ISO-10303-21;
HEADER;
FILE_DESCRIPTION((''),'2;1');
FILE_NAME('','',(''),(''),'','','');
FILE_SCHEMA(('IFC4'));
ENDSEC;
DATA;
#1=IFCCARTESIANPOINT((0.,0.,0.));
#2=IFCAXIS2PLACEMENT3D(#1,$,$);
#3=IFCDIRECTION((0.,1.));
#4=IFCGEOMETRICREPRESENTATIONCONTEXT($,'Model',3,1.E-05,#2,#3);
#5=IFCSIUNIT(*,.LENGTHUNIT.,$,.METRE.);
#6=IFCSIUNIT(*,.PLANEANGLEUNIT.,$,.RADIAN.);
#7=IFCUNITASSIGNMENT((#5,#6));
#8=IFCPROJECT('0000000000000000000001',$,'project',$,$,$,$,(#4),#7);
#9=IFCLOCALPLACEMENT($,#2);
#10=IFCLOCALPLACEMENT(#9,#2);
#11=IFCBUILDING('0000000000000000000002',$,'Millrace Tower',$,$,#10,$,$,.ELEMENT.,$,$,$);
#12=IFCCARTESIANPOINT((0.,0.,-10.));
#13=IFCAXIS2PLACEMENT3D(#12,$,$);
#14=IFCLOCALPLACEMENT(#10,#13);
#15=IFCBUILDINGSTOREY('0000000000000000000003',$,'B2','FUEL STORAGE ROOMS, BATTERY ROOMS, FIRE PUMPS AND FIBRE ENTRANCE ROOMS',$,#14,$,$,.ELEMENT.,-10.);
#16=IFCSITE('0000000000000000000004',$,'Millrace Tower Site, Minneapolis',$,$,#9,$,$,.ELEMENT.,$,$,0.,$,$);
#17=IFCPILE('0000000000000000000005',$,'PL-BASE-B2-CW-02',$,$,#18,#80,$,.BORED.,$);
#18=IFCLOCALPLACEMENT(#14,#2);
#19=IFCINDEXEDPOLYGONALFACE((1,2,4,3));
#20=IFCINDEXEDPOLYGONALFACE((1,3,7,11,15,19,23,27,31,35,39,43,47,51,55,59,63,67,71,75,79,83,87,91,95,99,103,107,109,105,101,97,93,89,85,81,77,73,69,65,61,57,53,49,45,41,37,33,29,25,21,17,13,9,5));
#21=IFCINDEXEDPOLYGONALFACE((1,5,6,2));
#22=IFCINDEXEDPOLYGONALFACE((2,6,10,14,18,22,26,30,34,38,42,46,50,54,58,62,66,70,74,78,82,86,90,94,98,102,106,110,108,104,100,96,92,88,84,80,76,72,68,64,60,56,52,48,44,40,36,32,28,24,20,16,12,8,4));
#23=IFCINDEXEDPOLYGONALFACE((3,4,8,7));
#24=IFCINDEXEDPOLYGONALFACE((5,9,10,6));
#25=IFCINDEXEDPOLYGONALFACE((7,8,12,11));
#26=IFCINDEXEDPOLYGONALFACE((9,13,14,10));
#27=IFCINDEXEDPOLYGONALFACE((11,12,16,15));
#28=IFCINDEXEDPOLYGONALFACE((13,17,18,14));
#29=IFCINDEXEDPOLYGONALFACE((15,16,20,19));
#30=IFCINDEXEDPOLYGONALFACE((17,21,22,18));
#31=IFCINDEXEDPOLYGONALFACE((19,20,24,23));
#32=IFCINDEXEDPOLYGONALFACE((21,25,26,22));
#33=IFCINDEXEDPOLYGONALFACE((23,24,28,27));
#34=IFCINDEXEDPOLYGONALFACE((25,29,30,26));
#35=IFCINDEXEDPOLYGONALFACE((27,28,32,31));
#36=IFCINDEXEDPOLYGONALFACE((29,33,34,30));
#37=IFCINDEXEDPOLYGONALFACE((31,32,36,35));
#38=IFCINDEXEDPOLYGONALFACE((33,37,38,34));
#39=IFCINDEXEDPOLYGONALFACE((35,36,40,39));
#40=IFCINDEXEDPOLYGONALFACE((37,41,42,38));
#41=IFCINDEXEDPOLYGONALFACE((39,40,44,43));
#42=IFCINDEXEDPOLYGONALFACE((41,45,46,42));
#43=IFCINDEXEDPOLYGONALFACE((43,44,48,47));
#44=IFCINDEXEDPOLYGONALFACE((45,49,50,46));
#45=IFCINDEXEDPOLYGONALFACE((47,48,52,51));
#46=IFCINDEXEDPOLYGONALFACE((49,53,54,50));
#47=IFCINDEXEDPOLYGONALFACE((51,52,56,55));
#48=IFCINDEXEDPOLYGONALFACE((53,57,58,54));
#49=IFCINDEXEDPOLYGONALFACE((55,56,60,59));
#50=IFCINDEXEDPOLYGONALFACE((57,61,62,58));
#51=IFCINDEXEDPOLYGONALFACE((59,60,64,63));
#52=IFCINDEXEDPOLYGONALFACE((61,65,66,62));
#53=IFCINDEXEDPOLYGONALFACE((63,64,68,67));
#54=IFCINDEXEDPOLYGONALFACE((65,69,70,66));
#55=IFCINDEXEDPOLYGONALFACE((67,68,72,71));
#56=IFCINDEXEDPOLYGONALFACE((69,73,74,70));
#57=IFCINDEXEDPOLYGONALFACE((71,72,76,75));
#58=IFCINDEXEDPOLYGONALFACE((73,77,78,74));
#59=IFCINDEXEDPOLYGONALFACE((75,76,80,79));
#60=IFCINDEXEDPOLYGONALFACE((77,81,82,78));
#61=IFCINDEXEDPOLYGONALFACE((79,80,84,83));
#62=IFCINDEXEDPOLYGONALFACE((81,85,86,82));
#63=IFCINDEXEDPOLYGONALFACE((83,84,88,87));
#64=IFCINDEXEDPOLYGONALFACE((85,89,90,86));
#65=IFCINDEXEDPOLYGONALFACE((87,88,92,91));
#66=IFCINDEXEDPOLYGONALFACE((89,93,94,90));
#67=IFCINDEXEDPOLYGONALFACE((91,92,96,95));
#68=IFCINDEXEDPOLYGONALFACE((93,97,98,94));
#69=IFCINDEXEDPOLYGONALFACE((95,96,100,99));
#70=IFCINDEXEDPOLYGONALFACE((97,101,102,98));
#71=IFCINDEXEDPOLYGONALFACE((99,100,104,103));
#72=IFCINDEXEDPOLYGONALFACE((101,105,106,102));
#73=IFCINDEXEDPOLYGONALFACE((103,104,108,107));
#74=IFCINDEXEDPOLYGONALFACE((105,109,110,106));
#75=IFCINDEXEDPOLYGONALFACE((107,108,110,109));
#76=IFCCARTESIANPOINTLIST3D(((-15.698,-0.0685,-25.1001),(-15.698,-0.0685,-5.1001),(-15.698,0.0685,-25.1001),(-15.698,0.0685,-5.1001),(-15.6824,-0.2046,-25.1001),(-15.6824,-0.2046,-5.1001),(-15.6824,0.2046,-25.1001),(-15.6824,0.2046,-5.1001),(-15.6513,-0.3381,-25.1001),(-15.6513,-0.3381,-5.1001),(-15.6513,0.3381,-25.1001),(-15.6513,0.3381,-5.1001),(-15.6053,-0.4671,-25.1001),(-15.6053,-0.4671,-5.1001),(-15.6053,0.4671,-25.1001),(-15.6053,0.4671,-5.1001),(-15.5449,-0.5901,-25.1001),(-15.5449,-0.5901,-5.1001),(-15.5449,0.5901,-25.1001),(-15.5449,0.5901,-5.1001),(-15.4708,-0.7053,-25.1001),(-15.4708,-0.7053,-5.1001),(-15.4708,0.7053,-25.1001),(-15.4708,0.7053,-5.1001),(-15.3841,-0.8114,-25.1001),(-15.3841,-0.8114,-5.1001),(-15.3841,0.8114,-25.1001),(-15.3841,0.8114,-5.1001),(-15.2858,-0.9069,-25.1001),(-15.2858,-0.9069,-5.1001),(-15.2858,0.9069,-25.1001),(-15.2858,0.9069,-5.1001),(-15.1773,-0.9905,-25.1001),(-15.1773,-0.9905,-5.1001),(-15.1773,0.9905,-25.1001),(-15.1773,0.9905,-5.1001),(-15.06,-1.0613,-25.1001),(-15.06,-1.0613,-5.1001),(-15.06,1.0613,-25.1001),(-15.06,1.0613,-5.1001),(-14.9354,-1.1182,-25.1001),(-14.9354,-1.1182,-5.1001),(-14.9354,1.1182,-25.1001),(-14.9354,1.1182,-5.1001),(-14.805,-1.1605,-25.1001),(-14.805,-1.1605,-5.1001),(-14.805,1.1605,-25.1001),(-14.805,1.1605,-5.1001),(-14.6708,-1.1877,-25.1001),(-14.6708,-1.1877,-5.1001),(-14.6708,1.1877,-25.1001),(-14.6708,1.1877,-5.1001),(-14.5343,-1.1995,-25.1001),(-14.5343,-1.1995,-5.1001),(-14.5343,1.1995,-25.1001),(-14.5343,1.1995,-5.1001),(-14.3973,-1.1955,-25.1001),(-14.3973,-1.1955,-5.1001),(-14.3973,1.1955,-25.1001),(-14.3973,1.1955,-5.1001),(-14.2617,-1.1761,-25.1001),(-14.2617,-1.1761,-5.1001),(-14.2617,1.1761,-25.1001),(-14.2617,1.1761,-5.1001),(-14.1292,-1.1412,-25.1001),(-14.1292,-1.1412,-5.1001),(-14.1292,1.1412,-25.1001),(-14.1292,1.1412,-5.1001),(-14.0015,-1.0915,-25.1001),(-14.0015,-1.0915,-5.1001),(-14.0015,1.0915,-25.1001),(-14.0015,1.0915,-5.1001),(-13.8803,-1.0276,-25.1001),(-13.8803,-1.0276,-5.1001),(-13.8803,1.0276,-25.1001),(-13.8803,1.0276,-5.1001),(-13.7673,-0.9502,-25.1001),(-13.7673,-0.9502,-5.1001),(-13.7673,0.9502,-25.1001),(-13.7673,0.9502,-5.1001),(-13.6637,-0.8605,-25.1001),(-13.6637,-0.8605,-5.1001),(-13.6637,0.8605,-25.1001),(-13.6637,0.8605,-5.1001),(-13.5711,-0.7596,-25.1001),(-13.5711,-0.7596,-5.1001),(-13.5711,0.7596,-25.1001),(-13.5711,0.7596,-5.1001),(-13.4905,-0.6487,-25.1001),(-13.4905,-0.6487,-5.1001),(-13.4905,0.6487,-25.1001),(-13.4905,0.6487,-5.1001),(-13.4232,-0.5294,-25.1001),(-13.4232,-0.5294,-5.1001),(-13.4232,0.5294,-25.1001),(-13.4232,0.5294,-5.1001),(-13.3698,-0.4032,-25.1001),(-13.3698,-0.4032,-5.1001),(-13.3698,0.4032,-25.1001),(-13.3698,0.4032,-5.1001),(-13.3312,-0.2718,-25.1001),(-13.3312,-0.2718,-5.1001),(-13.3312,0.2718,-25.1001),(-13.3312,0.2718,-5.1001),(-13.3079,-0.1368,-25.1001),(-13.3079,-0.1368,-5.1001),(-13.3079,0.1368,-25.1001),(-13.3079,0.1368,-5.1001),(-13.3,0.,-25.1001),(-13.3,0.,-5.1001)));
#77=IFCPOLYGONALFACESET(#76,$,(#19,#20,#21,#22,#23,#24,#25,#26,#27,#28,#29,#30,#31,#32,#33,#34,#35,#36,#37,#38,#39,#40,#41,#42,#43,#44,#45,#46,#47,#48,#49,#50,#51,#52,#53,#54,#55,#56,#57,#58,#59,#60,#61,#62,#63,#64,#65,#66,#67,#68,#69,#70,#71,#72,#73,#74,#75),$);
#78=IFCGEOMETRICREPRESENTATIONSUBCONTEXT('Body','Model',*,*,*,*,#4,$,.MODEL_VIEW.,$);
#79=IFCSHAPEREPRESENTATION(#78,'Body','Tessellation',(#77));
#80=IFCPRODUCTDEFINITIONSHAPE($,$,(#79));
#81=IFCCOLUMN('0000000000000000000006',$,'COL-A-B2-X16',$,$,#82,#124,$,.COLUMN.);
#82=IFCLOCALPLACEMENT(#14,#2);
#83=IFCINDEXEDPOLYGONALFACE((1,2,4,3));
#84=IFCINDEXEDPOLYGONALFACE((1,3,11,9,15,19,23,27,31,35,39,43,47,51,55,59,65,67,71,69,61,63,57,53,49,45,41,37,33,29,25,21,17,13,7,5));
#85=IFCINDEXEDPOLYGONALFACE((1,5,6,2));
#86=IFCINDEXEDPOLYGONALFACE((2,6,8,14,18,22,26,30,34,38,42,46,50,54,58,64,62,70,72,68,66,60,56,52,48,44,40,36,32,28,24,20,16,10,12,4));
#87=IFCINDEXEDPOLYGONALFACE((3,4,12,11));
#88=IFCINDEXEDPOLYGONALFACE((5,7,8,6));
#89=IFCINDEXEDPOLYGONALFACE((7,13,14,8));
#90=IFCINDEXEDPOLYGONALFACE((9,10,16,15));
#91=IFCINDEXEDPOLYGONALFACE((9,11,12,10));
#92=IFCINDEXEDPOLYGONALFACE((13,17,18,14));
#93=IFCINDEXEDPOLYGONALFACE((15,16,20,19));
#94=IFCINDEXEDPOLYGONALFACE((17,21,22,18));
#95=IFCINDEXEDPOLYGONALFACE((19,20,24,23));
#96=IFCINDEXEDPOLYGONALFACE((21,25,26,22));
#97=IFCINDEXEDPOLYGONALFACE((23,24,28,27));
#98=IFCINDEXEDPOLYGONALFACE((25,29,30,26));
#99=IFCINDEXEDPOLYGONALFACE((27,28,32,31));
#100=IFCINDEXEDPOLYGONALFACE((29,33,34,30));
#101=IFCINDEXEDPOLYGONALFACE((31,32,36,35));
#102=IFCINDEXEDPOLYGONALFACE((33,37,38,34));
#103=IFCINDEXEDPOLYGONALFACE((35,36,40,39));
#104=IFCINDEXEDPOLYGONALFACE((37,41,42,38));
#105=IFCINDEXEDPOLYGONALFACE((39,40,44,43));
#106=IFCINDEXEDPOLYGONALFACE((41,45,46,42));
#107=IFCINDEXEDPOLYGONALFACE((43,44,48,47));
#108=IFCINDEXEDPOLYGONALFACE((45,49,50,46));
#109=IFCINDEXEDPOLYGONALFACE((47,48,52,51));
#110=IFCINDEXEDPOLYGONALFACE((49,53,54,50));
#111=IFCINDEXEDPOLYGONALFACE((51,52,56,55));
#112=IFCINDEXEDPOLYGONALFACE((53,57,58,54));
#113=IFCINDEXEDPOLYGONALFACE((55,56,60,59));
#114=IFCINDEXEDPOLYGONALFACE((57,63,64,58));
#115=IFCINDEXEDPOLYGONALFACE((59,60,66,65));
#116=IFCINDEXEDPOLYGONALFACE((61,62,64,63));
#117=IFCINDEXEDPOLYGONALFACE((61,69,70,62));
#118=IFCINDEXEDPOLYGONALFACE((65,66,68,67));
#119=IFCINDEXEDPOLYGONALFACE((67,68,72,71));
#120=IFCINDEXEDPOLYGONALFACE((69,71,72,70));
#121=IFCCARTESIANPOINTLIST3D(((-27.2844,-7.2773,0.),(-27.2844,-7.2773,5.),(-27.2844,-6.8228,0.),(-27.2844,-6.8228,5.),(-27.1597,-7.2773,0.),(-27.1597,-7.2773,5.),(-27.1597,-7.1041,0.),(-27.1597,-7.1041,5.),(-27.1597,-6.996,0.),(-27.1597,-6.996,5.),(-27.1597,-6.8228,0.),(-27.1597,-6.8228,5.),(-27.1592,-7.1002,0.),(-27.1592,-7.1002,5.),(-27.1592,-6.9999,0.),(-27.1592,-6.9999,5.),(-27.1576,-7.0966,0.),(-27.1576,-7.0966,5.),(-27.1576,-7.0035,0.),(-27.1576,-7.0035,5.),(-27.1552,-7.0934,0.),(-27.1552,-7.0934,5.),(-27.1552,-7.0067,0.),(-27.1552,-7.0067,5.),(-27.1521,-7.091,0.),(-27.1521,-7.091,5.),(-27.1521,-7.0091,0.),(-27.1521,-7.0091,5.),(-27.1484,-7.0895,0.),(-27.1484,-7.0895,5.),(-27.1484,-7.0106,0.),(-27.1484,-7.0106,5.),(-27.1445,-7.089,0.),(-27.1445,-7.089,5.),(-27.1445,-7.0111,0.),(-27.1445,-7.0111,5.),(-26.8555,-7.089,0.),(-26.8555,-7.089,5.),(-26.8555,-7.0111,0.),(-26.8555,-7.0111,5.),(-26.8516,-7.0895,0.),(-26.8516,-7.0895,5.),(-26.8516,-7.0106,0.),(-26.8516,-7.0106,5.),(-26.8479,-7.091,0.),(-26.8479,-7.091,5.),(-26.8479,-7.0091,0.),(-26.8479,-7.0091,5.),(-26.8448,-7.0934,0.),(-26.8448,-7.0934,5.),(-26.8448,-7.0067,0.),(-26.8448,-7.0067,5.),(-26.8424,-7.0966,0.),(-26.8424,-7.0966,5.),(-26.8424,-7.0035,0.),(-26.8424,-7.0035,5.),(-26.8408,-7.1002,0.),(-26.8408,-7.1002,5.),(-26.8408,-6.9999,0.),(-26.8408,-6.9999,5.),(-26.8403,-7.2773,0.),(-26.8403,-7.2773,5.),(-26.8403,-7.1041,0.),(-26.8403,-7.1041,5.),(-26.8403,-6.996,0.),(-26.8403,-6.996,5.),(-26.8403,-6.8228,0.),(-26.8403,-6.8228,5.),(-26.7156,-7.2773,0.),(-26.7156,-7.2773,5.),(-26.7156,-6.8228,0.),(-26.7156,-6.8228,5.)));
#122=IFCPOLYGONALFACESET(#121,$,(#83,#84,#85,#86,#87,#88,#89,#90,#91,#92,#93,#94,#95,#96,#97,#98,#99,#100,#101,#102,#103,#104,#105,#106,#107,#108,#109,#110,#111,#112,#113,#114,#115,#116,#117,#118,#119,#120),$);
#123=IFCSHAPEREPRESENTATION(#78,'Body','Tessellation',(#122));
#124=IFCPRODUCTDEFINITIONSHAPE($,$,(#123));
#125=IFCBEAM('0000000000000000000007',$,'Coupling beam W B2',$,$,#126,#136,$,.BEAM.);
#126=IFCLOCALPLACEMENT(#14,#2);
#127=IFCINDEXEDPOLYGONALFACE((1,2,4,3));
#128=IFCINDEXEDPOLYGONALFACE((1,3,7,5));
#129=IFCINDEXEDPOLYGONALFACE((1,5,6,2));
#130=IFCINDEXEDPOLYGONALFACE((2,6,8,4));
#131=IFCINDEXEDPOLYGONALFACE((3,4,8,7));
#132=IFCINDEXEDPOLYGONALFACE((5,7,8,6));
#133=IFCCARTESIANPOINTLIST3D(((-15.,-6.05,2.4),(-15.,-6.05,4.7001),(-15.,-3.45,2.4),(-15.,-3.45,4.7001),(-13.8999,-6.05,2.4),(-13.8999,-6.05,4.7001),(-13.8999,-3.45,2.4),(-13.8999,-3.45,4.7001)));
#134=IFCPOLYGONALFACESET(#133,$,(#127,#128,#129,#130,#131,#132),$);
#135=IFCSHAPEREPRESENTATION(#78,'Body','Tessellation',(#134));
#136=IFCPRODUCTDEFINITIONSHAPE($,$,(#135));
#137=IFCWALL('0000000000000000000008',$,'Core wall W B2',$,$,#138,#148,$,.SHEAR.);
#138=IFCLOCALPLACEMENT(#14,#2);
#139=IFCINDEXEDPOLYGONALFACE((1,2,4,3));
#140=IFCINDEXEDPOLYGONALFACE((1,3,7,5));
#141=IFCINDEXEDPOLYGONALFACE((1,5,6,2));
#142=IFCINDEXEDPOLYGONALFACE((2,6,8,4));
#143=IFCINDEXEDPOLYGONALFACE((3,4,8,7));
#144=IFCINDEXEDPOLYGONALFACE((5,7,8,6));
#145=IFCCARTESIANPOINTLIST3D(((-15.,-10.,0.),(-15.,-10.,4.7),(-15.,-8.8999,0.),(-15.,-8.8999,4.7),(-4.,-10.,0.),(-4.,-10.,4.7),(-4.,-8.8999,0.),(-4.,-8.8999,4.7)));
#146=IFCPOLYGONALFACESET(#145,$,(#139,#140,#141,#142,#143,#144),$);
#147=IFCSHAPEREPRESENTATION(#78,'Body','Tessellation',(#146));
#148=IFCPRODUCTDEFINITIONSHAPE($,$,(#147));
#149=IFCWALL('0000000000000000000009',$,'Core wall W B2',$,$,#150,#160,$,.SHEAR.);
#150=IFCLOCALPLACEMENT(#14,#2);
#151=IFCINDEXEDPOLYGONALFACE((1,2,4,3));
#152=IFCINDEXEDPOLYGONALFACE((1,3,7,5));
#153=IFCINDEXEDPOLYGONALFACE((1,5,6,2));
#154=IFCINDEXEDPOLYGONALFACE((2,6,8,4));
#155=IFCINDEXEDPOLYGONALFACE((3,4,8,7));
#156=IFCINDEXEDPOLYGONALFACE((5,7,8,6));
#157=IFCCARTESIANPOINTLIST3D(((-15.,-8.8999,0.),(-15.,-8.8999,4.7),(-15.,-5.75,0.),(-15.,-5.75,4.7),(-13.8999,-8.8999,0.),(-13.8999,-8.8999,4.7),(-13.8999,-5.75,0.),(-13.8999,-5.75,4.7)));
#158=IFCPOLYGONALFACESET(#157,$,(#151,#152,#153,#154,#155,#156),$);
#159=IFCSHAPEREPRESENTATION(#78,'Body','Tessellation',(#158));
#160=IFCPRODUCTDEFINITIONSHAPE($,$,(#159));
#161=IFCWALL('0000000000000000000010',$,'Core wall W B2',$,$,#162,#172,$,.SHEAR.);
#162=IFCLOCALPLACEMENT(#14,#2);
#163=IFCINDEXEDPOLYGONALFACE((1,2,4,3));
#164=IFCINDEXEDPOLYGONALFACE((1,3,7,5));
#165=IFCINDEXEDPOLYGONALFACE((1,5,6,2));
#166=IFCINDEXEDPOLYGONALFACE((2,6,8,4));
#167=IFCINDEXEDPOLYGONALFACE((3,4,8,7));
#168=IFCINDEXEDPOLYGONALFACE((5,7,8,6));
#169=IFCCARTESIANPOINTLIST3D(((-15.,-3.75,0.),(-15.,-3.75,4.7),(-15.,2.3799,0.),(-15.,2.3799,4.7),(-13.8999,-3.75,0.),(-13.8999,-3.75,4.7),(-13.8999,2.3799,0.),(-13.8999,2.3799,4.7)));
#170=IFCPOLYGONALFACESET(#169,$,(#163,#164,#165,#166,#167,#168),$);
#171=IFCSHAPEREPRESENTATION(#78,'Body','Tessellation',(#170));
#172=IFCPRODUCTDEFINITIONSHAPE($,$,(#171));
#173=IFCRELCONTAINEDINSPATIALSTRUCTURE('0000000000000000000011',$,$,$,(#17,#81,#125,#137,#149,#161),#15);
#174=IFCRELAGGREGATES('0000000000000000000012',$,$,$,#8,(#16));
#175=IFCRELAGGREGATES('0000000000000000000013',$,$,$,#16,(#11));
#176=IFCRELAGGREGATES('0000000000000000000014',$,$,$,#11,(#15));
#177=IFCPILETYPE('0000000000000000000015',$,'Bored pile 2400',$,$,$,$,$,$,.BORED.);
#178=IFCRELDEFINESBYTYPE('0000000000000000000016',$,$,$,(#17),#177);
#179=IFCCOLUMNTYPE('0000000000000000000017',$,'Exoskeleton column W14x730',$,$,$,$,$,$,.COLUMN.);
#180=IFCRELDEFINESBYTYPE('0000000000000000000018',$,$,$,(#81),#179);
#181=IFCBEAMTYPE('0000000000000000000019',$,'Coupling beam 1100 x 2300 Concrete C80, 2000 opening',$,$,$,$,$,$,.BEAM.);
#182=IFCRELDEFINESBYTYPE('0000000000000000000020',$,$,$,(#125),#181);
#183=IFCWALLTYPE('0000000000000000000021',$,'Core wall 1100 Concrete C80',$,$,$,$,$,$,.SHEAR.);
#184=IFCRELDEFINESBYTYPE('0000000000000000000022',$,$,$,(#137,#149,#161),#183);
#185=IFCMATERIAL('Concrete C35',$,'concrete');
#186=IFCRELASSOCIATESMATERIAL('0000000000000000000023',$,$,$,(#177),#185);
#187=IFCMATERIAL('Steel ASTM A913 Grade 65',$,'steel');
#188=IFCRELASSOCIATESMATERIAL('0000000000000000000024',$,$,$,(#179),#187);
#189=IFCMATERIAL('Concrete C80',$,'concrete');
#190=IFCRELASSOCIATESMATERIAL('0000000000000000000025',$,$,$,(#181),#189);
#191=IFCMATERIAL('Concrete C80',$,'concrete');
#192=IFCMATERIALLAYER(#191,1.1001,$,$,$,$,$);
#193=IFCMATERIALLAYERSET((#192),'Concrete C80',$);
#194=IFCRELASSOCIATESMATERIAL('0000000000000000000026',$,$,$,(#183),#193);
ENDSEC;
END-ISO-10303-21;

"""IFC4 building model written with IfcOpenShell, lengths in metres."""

from ifc_helpers import new_model, si_unit, direction, frame, frame_2d, origin, origin_2d, place, context, subcontext, project, spatial, rectangle, circle, i_section, extrude, material, layer, layer_set, material_profile, profile_set, type_object, element, save


model = new_model("IFC4")

# Units and contexts
model_context = context("Model", 3, precision=1e-05, world=origin(), true_north=direction((0.0, 1.0)))
body_context = subcontext(model_context, "Body", "Model", "MODEL_VIEW")
ifc_project = project(units=[si_unit("LENGTHUNIT", "METRE"), si_unit("PLANEANGLEUNIT", "RADIAN")], contexts=[model_context])

# Site, building, storey
site_placement = place(None, origin())
site = spatial("IfcSite", under=ifc_project, at=site_placement, Name="Millrace Tower Site, Minneapolis", CompositionType="ELEMENT", RefElevation=0.0)
building_placement = place(site_placement, origin())
building = spatial("IfcBuilding", under=site, at=building_placement, Name="Millrace Tower", CompositionType="ELEMENT")
storey_placement = place(building_placement, frame((0.0, 0.0, -10.0)))
storey = spatial("IfcBuildingStorey", under=building, at=storey_placement, Name="B2", Description="FUEL STORAGE ROOMS, BATTERY ROOMS, FIRE PUMPS AND FIBRE ENTRANCE ROOMS", CompositionType="ELEMENT", Elevation=-10.0)

# Pile
ifc_material_1 = material(Name="Concrete C35", Category="concrete")
ifc_material_profile_1 = material_profile(ifc_material_1, circle(Radius=1.2, at=origin_2d()))
ifc_profile_set_1 = profile_set([ifc_material_profile_1], Name="Concrete C35")
pile_type = type_object("IfcPileType", Name="Bored pile 2400", PredefinedType="BORED", material=ifc_profile_set_1)
for number, where, z_axis, x_axis, name in (
    (1, (-14.5, 0.0, -5.1001), (0.0, 0.0, -1.0), (1.0, 0.0, 0.0), "PL-BASE-B2-CW-02"),
):
    element("IfcPile", number, at=place(storey_placement, frame(where, z_axis=z_axis, x_axis=x_axis)), inside=storey, type_object=pile_type, Name=name, PredefinedType="BORED", context=body_context, shape_type="SweptSolid", body=[
        extrude(circle(Radius=1.2, at=origin_2d()), origin(), (0.0, 0.0, 1.0), 20.0),
    ])

# Column
ifc_material_2 = material(Name="Steel ASTM A913 Grade 65", Category="steel")
ifc_material_profile_2 = material_profile(ifc_material_2, i_section(OverallWidth=0.4546, OverallDepth=0.5688, WebThickness=0.0779, FlangeThickness=0.1248, FilletRadius=0.0151, at=origin_2d()))
ifc_profile_set_2 = profile_set([ifc_material_profile_2], Name="Steel ASTM A913 Grade 65")
column_type = type_object("IfcColumnType", Name="Exoskeleton column W14x730", PredefinedType="COLUMN", material=ifc_profile_set_2)
placement = place(storey_placement, frame((-27.0, -7.05, 0.0), z_axis=(0.0, 0.0, 1.0), x_axis=(0.0, -1.0, 0.0)))
element("IfcColumn", 2, at=placement, inside=storey, type_object=column_type, Name="COL-A-B2-X16", PredefinedType="COLUMN", context=body_context, shape_type="SweptSolid", body=[
    extrude(i_section(OverallWidth=0.4546, OverallDepth=0.5688, WebThickness=0.0779, FlangeThickness=0.1248, FilletRadius=0.0151, at=origin_2d()), origin(), (0.0, 0.0, 1.0), 5.0),
])

# Beam
ifc_material_3 = material(Name="Concrete C80", Category="concrete")
ifc_material_profile_3 = material_profile(ifc_material_3, rectangle(XDim=1.1001, YDim=2.3, at=origin_2d()))
ifc_profile_set_3 = profile_set([ifc_material_profile_3], Name="Concrete C80")
beam_type = type_object("IfcBeamType", Name="Coupling beam 1100 x 2300 Concrete C80, 2000 opening", PredefinedType="BEAM", material=ifc_profile_set_3)
beam_placement = place(storey_placement, frame((-14.45, -6.05, 3.55), z_axis=(0.0, 1.0, 0.0), x_axis=(-1.0, 0.0, 0.0)))
element("IfcBeam", 3, at=beam_placement, inside=storey, type_object=beam_type, Name="Coupling beam W B2", PredefinedType="BEAM", context=body_context, shape_type="SweptSolid", body=[
    extrude(rectangle(XDim=1.1001, YDim=2.3, at=origin_2d()), origin(), (0.0, 0.0, 1.0), 2.6001),
])

# Walls
ifc_material_4 = material(Name="Concrete C80", Category="concrete")
ifc_layer_1 = layer(ifc_material_4, 1.1001)
ifc_layer_set_1 = layer_set([ifc_layer_1], Name="Concrete C80")
wall_type_1 = type_object("IfcWallType", Name="Core wall 1100 Concrete C80", PredefinedType="SHEAR", material=ifc_layer_set_1)
wall_1_placement = place(storey_placement, frame((-15.0, -9.45, 0.0), z_axis=(0.0, 0.0, 1.0), x_axis=(1.0, 0.0, 0.0)))
element("IfcWall", 4, at=wall_1_placement, inside=storey, type_object=wall_type_1, Name="Core wall W B2", PredefinedType="SHEAR", context=body_context, shape_type="SweptSolid", body=[
    extrude(rectangle(XDim=11.0, YDim=1.1001, at=frame_2d((5.5, 0.0))), origin(), (0.0, 0.0, 1.0), 4.7),
])
wall_2_placement = place(storey_placement, frame((-14.45, -8.8999, 0.0), z_axis=(0.0, 0.0, 1.0), x_axis=(0.0, 1.0, 0.0)))
element("IfcWall", 5, at=wall_2_placement, inside=storey, type_object=wall_type_1, Name="Core wall W B2", PredefinedType="SHEAR", context=body_context, shape_type="SweptSolid", body=[
    extrude(rectangle(XDim=3.1499, YDim=1.1001, at=frame_2d((1.575, 0.0))), origin(), (0.0, 0.0, 1.0), 4.7),
])
wall_3_placement = place(storey_placement, frame((-14.45, -3.75, 0.0), z_axis=(0.0, 0.0, 1.0), x_axis=(0.0, 1.0, 0.0)))
element("IfcWall", 6, at=wall_3_placement, inside=storey, type_object=wall_type_1, Name="Core wall W B2", PredefinedType="SHEAR", context=body_context, shape_type="SweptSolid", body=[
    extrude(rectangle(XDim=6.1299, YDim=1.1001, at=frame_2d((3.0649, 0.0))), origin(), (0.0, 0.0, 1.0), 4.7),
])

save(model, "model.ifc")
